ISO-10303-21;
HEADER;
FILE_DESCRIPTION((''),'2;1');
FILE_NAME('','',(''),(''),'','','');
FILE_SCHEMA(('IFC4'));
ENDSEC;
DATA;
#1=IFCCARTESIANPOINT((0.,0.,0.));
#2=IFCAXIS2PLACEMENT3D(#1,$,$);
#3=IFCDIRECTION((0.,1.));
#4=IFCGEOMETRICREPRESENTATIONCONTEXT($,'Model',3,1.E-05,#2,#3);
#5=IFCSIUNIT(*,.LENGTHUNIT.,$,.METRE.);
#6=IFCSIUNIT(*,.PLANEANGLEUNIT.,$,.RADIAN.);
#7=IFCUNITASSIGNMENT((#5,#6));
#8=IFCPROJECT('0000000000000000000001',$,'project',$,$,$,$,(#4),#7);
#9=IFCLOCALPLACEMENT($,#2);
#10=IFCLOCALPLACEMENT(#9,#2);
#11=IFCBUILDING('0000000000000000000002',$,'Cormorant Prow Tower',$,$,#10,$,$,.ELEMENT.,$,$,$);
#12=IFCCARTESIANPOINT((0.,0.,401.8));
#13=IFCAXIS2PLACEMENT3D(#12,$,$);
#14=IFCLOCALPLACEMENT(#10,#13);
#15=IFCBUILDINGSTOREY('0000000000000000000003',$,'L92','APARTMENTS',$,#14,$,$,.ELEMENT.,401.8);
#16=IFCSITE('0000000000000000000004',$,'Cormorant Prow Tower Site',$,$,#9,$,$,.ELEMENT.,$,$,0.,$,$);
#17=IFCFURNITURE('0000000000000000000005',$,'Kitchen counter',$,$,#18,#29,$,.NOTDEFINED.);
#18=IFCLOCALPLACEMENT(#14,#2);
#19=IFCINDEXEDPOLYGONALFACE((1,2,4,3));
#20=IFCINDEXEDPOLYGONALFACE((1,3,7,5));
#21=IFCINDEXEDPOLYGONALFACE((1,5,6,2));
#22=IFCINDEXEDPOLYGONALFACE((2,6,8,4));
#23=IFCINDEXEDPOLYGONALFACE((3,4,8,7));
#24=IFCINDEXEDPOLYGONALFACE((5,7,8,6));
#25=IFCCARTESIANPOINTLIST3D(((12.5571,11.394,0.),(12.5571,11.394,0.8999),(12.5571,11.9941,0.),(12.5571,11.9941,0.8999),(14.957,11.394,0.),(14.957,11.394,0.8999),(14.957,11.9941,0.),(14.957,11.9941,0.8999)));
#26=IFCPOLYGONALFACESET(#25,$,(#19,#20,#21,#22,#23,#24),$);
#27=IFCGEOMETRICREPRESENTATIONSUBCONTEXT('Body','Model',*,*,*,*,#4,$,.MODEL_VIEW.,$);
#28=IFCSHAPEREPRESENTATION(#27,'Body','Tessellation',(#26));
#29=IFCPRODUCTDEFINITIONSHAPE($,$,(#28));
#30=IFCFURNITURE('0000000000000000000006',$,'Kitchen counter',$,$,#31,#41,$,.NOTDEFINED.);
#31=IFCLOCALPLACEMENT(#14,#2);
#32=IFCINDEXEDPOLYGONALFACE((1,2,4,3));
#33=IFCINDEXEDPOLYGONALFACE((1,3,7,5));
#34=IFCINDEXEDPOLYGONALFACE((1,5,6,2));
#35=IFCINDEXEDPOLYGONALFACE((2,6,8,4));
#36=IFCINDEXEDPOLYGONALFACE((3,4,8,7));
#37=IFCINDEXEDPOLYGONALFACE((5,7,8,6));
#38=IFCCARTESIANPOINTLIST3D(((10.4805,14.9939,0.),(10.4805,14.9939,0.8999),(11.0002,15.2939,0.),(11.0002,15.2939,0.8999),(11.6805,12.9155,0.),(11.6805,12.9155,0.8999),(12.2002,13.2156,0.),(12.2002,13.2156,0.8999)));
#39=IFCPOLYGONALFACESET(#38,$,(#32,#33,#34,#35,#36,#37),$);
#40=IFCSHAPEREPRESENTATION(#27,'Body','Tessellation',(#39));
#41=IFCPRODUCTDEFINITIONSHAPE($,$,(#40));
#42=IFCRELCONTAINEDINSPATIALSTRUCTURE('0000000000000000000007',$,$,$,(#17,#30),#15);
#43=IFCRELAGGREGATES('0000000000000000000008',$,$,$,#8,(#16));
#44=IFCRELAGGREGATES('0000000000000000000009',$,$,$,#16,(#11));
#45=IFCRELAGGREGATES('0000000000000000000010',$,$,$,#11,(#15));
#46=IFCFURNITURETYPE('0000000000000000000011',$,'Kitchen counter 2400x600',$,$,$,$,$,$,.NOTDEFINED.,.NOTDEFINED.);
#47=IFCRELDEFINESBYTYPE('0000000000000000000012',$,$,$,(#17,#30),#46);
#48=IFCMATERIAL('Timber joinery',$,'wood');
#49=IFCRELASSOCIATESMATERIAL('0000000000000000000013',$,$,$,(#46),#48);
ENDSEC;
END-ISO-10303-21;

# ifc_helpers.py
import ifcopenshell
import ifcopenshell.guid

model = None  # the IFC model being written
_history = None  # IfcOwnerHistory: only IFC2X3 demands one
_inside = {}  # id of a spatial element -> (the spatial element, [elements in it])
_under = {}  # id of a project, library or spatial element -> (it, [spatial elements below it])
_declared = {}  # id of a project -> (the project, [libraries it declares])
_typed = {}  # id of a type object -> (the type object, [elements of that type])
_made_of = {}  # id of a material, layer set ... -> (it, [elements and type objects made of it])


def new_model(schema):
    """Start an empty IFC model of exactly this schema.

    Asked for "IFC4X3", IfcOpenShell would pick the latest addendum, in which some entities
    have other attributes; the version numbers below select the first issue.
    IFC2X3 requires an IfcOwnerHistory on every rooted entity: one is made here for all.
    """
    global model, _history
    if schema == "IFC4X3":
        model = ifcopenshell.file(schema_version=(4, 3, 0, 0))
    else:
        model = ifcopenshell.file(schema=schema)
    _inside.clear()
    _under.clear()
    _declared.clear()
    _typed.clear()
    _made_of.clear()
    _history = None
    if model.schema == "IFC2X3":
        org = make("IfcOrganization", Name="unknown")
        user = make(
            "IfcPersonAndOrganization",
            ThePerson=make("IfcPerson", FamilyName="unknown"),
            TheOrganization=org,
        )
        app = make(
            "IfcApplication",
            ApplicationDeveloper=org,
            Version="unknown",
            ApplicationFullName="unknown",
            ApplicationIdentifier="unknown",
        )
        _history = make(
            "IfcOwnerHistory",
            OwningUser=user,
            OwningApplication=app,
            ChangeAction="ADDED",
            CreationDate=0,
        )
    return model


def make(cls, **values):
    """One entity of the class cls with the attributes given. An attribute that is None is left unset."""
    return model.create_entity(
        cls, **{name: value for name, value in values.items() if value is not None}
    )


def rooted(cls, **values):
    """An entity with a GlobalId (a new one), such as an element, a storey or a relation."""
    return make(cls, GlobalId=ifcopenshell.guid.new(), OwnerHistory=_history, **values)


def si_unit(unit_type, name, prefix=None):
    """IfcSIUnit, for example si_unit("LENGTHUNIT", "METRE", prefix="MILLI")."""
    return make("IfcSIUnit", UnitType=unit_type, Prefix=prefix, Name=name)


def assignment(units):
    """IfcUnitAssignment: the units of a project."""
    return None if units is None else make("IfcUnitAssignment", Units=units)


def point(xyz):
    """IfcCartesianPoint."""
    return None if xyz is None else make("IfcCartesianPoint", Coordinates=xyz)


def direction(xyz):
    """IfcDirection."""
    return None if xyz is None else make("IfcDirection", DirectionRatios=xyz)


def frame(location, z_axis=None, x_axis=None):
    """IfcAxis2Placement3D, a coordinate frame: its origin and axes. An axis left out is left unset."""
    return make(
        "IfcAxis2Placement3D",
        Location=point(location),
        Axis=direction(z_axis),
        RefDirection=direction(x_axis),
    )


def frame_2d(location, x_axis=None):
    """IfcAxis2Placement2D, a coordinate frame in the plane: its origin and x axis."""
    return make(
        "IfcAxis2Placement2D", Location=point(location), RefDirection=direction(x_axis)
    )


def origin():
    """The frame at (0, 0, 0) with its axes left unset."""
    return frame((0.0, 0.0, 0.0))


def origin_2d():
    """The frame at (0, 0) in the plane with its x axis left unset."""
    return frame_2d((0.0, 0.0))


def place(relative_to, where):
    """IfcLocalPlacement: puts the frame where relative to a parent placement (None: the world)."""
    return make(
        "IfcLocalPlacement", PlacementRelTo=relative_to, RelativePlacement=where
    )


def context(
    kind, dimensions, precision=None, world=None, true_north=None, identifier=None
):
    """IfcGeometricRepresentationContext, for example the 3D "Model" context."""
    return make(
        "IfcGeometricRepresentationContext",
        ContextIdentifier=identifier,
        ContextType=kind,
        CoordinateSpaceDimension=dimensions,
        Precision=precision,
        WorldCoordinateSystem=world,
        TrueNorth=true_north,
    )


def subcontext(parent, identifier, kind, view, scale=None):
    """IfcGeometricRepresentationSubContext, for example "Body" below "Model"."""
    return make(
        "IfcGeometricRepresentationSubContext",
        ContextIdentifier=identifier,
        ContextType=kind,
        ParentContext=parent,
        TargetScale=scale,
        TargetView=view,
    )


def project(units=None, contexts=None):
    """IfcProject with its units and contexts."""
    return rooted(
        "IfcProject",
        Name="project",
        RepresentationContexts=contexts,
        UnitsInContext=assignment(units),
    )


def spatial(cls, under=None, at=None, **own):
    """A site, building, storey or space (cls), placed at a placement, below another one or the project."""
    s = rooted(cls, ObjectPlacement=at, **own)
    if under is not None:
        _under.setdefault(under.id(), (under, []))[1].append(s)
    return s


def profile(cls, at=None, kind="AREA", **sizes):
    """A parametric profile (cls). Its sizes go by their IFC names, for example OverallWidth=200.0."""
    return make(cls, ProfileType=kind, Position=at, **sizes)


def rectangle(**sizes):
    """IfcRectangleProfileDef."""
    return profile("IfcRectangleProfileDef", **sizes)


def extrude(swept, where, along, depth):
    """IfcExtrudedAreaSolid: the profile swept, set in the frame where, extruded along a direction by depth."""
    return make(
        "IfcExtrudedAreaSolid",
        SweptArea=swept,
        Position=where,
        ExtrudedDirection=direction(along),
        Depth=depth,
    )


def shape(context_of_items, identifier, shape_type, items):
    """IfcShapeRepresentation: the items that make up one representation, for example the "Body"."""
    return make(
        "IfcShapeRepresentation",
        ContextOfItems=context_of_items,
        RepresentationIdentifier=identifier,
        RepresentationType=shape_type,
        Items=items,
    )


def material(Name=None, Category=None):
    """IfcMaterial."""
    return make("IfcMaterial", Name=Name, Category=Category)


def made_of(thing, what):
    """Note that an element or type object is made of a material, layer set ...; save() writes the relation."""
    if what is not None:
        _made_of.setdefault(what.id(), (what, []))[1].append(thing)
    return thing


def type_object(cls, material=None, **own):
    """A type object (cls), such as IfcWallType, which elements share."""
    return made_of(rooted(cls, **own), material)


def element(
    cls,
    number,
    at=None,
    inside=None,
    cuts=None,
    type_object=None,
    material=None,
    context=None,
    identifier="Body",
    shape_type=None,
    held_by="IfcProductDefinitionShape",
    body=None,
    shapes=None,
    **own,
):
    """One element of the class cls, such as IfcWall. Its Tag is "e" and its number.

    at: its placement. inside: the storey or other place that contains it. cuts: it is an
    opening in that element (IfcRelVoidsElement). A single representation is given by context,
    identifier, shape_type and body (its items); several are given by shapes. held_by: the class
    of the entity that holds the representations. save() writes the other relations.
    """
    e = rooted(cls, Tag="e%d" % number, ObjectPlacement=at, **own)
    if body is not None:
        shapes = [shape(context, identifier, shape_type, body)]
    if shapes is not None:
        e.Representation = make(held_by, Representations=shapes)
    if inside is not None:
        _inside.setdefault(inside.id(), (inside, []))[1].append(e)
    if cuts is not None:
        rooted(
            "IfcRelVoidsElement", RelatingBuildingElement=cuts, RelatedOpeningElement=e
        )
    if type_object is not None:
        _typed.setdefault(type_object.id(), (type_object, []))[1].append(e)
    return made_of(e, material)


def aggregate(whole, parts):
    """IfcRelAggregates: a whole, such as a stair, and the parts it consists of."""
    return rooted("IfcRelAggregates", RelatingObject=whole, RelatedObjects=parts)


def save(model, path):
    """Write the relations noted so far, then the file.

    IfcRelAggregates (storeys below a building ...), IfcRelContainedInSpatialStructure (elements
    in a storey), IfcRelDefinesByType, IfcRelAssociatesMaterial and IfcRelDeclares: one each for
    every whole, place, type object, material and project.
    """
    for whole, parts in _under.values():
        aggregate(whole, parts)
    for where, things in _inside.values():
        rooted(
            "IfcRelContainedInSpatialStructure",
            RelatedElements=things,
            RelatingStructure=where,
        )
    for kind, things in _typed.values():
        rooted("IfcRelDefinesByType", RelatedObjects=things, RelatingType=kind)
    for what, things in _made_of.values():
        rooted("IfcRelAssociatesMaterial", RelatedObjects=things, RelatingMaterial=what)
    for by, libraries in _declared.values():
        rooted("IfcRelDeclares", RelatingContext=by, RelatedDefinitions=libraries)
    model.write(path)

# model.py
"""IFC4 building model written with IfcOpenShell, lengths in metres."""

from ifc_helpers import new_model, si_unit, direction, frame, origin, origin_2d, place, context, subcontext, project, spatial, rectangle, extrude, material, type_object, element, save


model = new_model("IFC4")

# Units and contexts
model_context = context("Model", 3, precision=1e-05, world=origin(), true_north=direction((0.0, 1.0)))
body_context = subcontext(model_context, "Body", "Model", "MODEL_VIEW")
ifc_project = project(units=[si_unit("LENGTHUNIT", "METRE"), si_unit("PLANEANGLEUNIT", "RADIAN")], contexts=[model_context])

# Site, building, storey
site_placement = place(None, origin())
site = spatial("IfcSite", under=ifc_project, at=site_placement, Name="Cormorant Prow Tower Site", CompositionType="ELEMENT", RefElevation=0.0)
building_placement = place(site_placement, origin())
building = spatial("IfcBuilding", under=site, at=building_placement, Name="Cormorant Prow Tower", CompositionType="ELEMENT")
storey_placement = place(building_placement, frame((0.0, 0.0, 401.8)))
storey = spatial("IfcBuildingStorey", under=building, at=storey_placement, Name="L92", Description="APARTMENTS", CompositionType="ELEMENT", Elevation=401.8)

# Furniture
ifc_material_1 = material(Name="Timber joinery", Category="wood")
furniture_type = type_object("IfcFurnitureType", Name="Kitchen counter 2400x600", AssemblyPlace="NOTDEFINED", PredefinedType="NOTDEFINED", material=ifc_material_1)
for number, where, z_axis, x_axis, name in (
    (1, (13.7571, 11.6941, 0.0), (0.0, 0.0, 1.0), (1.0, 0.0, 0.0), "Kitchen counter"),
    (2, (11.3403, 14.1047, 0.0), (0.0, 0.0, 1.0), (-0.5, 0.866025, 0.0), "Kitchen counter"),
):
    element("IfcFurniture", number, at=place(storey_placement, frame(where, z_axis=z_axis, x_axis=x_axis)), inside=storey, type_object=furniture_type, Name=name, PredefinedType="NOTDEFINED", context=body_context, shape_type="SweptSolid", body=[
        extrude(rectangle(XDim=2.3999, YDim=0.6001, at=origin_2d()), origin(), (0.0, 0.0, 1.0), 0.8999),
    ])

save(model, "model.ifc")
